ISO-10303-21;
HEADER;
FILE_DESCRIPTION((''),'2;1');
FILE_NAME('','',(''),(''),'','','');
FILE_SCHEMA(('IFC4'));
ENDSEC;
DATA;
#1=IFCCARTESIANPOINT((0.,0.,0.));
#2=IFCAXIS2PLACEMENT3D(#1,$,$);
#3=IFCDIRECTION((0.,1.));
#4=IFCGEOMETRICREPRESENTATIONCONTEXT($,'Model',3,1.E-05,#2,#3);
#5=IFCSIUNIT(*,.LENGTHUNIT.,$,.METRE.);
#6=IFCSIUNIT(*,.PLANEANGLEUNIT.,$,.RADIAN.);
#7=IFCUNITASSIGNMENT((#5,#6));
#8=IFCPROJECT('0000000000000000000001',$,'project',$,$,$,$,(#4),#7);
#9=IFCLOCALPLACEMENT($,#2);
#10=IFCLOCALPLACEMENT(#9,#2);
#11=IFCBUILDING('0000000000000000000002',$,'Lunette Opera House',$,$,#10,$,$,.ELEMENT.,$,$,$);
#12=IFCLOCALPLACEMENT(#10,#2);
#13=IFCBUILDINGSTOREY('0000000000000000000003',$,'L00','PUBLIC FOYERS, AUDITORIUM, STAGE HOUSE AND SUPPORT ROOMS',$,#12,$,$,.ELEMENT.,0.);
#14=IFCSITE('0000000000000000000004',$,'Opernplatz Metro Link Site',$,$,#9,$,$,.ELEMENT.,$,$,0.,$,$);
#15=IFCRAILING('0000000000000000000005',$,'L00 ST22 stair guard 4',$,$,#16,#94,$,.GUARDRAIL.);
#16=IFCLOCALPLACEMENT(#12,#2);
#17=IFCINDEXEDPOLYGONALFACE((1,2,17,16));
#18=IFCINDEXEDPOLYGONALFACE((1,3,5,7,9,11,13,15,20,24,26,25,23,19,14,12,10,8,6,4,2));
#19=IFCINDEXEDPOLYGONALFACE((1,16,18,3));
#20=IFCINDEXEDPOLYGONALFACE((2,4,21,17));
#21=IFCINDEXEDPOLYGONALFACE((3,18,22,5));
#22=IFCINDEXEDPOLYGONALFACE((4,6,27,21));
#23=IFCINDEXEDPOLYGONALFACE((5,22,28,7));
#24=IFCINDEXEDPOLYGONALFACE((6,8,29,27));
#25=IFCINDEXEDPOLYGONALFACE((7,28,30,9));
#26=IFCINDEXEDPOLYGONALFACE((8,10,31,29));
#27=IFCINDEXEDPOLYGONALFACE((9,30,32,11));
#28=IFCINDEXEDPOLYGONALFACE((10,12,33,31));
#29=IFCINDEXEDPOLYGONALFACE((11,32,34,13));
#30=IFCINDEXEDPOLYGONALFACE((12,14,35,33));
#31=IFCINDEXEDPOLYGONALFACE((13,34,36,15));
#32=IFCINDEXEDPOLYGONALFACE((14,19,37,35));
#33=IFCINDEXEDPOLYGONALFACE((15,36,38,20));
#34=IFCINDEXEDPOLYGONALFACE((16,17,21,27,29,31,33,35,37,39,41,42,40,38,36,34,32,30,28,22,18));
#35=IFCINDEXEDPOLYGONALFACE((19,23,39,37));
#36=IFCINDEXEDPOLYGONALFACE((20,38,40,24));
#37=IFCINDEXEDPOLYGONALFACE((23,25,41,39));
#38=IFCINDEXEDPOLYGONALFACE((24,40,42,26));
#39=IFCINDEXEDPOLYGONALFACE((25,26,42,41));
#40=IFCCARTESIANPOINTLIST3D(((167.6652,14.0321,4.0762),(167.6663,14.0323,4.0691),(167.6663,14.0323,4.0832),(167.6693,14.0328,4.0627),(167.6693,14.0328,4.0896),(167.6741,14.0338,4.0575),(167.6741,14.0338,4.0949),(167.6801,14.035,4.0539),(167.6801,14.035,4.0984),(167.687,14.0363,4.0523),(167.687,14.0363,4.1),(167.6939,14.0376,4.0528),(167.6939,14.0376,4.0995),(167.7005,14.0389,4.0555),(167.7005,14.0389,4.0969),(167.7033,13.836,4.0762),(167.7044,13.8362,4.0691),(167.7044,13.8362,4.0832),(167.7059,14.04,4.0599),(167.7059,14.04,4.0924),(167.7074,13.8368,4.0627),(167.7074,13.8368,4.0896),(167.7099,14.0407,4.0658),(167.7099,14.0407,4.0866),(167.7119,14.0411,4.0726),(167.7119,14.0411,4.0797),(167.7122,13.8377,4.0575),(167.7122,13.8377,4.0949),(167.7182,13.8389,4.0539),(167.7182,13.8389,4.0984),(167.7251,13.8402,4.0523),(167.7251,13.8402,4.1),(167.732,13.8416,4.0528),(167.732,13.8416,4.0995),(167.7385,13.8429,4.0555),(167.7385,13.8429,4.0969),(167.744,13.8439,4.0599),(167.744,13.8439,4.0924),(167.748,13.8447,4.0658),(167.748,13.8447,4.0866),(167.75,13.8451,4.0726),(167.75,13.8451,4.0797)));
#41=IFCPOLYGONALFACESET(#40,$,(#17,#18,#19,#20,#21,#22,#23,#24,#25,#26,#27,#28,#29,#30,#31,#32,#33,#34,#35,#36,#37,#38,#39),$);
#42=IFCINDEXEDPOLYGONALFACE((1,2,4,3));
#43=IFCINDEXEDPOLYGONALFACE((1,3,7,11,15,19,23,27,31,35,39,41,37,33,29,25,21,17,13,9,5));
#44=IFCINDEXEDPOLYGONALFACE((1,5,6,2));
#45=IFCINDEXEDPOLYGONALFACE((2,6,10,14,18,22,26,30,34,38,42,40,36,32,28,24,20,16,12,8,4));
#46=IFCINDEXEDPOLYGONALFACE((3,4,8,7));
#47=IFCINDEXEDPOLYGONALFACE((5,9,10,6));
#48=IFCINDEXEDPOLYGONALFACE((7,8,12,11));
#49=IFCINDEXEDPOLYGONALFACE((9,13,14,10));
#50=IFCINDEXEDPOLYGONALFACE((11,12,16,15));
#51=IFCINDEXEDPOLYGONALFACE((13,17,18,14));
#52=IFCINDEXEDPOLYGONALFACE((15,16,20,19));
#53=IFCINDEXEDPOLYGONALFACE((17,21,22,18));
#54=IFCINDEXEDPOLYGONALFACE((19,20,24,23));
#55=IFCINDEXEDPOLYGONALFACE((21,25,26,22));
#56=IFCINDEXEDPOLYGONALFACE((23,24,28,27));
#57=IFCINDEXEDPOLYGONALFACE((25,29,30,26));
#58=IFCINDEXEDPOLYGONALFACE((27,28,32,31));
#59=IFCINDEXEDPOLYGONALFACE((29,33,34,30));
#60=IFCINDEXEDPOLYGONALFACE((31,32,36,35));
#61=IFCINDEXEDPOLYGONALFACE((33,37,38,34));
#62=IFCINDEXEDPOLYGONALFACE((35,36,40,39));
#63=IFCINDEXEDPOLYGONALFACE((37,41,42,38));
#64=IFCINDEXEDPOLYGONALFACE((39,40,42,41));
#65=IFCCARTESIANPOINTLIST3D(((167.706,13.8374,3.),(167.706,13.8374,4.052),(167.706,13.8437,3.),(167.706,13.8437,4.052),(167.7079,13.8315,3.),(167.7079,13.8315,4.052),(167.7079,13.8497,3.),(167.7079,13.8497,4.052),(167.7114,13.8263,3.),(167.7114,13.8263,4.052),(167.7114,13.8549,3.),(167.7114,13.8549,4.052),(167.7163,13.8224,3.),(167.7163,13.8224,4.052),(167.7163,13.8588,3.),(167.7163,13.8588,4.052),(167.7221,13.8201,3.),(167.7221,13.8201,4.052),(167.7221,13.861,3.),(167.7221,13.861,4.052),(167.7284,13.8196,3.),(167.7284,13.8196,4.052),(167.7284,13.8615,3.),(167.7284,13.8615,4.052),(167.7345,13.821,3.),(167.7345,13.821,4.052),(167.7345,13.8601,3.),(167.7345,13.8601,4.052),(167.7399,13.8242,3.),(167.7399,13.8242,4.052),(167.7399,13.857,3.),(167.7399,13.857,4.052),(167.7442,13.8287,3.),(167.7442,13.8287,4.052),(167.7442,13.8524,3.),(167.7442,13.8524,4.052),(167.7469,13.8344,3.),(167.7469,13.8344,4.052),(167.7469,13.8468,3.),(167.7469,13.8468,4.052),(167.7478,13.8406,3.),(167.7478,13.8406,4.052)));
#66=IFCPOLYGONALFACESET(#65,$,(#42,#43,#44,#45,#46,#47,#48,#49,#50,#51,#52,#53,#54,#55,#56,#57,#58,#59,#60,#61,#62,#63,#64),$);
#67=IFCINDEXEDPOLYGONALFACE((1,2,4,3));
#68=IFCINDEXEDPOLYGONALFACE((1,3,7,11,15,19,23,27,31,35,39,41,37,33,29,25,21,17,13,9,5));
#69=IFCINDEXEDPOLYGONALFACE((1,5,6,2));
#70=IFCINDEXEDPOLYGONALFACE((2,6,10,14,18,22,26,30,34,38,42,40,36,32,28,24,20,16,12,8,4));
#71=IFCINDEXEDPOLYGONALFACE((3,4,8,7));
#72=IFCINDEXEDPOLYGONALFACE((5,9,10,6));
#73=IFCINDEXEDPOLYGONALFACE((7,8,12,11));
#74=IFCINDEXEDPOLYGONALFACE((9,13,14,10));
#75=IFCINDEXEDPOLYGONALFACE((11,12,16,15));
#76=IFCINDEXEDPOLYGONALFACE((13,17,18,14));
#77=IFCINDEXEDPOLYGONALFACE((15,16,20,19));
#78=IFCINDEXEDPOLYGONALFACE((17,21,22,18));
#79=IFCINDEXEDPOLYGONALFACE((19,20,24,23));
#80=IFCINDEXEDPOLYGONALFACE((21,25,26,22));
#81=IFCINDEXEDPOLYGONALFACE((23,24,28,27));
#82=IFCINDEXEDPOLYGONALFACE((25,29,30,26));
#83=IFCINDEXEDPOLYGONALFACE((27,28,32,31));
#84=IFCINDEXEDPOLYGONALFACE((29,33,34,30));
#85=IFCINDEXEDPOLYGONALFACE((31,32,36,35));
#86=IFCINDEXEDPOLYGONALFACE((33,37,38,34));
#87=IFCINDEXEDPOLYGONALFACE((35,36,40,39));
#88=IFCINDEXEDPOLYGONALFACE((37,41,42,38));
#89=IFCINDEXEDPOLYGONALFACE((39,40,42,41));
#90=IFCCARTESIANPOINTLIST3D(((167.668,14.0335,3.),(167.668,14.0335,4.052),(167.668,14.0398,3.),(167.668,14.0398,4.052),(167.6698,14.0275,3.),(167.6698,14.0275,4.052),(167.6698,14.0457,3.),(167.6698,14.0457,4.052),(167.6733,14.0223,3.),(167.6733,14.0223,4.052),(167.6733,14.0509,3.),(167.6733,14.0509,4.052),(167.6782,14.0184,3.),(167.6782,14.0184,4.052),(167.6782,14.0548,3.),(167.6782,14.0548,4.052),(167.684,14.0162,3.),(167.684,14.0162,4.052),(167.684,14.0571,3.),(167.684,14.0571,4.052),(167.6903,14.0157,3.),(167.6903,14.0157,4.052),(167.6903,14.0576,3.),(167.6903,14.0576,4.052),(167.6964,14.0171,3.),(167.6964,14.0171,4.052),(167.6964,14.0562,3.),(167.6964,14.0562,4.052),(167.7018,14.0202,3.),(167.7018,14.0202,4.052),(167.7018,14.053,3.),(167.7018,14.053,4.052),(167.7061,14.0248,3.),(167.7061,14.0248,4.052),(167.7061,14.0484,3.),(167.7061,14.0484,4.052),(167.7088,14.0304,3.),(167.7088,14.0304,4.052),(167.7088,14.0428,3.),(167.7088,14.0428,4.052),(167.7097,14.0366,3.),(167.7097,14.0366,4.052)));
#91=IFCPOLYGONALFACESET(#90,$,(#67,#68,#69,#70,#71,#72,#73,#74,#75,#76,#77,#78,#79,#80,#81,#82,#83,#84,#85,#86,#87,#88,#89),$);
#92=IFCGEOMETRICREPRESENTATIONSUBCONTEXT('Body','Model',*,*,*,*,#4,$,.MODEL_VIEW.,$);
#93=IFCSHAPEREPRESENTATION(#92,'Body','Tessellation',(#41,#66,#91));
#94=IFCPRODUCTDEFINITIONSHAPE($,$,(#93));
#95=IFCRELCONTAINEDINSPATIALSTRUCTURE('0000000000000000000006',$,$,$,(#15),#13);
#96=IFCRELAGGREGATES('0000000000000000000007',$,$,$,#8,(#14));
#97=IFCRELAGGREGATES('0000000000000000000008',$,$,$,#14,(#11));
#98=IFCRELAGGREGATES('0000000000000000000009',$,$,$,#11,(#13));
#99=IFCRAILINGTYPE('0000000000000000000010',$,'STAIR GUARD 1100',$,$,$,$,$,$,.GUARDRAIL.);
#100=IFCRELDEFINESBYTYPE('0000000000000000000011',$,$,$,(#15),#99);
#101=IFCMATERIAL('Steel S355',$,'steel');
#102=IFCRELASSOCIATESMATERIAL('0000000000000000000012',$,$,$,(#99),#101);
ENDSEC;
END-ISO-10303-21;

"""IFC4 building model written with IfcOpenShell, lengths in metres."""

from ifc_helpers import new_model, si_unit, direction, frame, origin, origin_2d, place, context, subcontext, project, spatial, circle, extrude, material, type_object, element, save


model = new_model("IFC4")

# Units and contexts
model_context = context("Model", 3, precision=1e-05, world=origin(), true_north=direction((0.0, 1.0)))
body_context = subcontext(model_context, "Body", "Model", "MODEL_VIEW")
ifc_project = project(units=[si_unit("LENGTHUNIT", "METRE"), si_unit("PLANEANGLEUNIT", "RADIAN")], contexts=[model_context])

# Site, building, storey
site_placement = place(None, origin())
site = spatial("IfcSite", under=ifc_project, at=site_placement, Name="Opernplatz Metro Link Site", CompositionType="ELEMENT", RefElevation=0.0)
building_placement = place(site_placement, origin())
building = spatial("IfcBuilding", under=site, at=building_placement, Name="Lunette Opera House", CompositionType="ELEMENT")
storey_placement = place(building_placement, origin())
storey = spatial("IfcBuildingStorey", under=building, at=storey_placement, Name="L00", Description="PUBLIC FOYERS, AUDITORIUM, STAGE HOUSE AND SUPPORT ROOMS", CompositionType="ELEMENT", Elevation=0.0)

# Railing
ifc_material_1 = material(Name="Steel S355", Category="steel")
railing_type_1 = type_object("IfcRailingType", Name="STAIR GUARD 1100", PredefinedType="GUARDRAIL", material=ifc_material_1)
railing_1_placement = place(storey_placement, frame((167.7268, 13.8406, 3.0)))
element("IfcRailing", 1, at=railing_1_placement, inside=storey, type_object=railing_type_1, Name="L00 ST22 stair guard 4", PredefinedType="GUARDRAIL", context=body_context, shape_type="SweptSolid", body=[
    extrude(circle(Radius=0.0239, at=origin_2d()), frame((0.0, 0.0, 1.0762), z_axis=(-0.190706, 0.981647, 0.0), x_axis=(-0.981647, -0.190706, 0.0)), (0.0, 0.0, 1.0), 0.1997),
    extrude(circle(Radius=0.021, at=origin_2d()), origin(), (0.0, 0.0, 1.0), 1.052),
    extrude(circle(Radius=0.021, at=origin_2d()), frame((-0.0381, 0.196, 0.0)), (0.0, 0.0, 1.0), 1.052),
])

save(model, "model.ifc")
